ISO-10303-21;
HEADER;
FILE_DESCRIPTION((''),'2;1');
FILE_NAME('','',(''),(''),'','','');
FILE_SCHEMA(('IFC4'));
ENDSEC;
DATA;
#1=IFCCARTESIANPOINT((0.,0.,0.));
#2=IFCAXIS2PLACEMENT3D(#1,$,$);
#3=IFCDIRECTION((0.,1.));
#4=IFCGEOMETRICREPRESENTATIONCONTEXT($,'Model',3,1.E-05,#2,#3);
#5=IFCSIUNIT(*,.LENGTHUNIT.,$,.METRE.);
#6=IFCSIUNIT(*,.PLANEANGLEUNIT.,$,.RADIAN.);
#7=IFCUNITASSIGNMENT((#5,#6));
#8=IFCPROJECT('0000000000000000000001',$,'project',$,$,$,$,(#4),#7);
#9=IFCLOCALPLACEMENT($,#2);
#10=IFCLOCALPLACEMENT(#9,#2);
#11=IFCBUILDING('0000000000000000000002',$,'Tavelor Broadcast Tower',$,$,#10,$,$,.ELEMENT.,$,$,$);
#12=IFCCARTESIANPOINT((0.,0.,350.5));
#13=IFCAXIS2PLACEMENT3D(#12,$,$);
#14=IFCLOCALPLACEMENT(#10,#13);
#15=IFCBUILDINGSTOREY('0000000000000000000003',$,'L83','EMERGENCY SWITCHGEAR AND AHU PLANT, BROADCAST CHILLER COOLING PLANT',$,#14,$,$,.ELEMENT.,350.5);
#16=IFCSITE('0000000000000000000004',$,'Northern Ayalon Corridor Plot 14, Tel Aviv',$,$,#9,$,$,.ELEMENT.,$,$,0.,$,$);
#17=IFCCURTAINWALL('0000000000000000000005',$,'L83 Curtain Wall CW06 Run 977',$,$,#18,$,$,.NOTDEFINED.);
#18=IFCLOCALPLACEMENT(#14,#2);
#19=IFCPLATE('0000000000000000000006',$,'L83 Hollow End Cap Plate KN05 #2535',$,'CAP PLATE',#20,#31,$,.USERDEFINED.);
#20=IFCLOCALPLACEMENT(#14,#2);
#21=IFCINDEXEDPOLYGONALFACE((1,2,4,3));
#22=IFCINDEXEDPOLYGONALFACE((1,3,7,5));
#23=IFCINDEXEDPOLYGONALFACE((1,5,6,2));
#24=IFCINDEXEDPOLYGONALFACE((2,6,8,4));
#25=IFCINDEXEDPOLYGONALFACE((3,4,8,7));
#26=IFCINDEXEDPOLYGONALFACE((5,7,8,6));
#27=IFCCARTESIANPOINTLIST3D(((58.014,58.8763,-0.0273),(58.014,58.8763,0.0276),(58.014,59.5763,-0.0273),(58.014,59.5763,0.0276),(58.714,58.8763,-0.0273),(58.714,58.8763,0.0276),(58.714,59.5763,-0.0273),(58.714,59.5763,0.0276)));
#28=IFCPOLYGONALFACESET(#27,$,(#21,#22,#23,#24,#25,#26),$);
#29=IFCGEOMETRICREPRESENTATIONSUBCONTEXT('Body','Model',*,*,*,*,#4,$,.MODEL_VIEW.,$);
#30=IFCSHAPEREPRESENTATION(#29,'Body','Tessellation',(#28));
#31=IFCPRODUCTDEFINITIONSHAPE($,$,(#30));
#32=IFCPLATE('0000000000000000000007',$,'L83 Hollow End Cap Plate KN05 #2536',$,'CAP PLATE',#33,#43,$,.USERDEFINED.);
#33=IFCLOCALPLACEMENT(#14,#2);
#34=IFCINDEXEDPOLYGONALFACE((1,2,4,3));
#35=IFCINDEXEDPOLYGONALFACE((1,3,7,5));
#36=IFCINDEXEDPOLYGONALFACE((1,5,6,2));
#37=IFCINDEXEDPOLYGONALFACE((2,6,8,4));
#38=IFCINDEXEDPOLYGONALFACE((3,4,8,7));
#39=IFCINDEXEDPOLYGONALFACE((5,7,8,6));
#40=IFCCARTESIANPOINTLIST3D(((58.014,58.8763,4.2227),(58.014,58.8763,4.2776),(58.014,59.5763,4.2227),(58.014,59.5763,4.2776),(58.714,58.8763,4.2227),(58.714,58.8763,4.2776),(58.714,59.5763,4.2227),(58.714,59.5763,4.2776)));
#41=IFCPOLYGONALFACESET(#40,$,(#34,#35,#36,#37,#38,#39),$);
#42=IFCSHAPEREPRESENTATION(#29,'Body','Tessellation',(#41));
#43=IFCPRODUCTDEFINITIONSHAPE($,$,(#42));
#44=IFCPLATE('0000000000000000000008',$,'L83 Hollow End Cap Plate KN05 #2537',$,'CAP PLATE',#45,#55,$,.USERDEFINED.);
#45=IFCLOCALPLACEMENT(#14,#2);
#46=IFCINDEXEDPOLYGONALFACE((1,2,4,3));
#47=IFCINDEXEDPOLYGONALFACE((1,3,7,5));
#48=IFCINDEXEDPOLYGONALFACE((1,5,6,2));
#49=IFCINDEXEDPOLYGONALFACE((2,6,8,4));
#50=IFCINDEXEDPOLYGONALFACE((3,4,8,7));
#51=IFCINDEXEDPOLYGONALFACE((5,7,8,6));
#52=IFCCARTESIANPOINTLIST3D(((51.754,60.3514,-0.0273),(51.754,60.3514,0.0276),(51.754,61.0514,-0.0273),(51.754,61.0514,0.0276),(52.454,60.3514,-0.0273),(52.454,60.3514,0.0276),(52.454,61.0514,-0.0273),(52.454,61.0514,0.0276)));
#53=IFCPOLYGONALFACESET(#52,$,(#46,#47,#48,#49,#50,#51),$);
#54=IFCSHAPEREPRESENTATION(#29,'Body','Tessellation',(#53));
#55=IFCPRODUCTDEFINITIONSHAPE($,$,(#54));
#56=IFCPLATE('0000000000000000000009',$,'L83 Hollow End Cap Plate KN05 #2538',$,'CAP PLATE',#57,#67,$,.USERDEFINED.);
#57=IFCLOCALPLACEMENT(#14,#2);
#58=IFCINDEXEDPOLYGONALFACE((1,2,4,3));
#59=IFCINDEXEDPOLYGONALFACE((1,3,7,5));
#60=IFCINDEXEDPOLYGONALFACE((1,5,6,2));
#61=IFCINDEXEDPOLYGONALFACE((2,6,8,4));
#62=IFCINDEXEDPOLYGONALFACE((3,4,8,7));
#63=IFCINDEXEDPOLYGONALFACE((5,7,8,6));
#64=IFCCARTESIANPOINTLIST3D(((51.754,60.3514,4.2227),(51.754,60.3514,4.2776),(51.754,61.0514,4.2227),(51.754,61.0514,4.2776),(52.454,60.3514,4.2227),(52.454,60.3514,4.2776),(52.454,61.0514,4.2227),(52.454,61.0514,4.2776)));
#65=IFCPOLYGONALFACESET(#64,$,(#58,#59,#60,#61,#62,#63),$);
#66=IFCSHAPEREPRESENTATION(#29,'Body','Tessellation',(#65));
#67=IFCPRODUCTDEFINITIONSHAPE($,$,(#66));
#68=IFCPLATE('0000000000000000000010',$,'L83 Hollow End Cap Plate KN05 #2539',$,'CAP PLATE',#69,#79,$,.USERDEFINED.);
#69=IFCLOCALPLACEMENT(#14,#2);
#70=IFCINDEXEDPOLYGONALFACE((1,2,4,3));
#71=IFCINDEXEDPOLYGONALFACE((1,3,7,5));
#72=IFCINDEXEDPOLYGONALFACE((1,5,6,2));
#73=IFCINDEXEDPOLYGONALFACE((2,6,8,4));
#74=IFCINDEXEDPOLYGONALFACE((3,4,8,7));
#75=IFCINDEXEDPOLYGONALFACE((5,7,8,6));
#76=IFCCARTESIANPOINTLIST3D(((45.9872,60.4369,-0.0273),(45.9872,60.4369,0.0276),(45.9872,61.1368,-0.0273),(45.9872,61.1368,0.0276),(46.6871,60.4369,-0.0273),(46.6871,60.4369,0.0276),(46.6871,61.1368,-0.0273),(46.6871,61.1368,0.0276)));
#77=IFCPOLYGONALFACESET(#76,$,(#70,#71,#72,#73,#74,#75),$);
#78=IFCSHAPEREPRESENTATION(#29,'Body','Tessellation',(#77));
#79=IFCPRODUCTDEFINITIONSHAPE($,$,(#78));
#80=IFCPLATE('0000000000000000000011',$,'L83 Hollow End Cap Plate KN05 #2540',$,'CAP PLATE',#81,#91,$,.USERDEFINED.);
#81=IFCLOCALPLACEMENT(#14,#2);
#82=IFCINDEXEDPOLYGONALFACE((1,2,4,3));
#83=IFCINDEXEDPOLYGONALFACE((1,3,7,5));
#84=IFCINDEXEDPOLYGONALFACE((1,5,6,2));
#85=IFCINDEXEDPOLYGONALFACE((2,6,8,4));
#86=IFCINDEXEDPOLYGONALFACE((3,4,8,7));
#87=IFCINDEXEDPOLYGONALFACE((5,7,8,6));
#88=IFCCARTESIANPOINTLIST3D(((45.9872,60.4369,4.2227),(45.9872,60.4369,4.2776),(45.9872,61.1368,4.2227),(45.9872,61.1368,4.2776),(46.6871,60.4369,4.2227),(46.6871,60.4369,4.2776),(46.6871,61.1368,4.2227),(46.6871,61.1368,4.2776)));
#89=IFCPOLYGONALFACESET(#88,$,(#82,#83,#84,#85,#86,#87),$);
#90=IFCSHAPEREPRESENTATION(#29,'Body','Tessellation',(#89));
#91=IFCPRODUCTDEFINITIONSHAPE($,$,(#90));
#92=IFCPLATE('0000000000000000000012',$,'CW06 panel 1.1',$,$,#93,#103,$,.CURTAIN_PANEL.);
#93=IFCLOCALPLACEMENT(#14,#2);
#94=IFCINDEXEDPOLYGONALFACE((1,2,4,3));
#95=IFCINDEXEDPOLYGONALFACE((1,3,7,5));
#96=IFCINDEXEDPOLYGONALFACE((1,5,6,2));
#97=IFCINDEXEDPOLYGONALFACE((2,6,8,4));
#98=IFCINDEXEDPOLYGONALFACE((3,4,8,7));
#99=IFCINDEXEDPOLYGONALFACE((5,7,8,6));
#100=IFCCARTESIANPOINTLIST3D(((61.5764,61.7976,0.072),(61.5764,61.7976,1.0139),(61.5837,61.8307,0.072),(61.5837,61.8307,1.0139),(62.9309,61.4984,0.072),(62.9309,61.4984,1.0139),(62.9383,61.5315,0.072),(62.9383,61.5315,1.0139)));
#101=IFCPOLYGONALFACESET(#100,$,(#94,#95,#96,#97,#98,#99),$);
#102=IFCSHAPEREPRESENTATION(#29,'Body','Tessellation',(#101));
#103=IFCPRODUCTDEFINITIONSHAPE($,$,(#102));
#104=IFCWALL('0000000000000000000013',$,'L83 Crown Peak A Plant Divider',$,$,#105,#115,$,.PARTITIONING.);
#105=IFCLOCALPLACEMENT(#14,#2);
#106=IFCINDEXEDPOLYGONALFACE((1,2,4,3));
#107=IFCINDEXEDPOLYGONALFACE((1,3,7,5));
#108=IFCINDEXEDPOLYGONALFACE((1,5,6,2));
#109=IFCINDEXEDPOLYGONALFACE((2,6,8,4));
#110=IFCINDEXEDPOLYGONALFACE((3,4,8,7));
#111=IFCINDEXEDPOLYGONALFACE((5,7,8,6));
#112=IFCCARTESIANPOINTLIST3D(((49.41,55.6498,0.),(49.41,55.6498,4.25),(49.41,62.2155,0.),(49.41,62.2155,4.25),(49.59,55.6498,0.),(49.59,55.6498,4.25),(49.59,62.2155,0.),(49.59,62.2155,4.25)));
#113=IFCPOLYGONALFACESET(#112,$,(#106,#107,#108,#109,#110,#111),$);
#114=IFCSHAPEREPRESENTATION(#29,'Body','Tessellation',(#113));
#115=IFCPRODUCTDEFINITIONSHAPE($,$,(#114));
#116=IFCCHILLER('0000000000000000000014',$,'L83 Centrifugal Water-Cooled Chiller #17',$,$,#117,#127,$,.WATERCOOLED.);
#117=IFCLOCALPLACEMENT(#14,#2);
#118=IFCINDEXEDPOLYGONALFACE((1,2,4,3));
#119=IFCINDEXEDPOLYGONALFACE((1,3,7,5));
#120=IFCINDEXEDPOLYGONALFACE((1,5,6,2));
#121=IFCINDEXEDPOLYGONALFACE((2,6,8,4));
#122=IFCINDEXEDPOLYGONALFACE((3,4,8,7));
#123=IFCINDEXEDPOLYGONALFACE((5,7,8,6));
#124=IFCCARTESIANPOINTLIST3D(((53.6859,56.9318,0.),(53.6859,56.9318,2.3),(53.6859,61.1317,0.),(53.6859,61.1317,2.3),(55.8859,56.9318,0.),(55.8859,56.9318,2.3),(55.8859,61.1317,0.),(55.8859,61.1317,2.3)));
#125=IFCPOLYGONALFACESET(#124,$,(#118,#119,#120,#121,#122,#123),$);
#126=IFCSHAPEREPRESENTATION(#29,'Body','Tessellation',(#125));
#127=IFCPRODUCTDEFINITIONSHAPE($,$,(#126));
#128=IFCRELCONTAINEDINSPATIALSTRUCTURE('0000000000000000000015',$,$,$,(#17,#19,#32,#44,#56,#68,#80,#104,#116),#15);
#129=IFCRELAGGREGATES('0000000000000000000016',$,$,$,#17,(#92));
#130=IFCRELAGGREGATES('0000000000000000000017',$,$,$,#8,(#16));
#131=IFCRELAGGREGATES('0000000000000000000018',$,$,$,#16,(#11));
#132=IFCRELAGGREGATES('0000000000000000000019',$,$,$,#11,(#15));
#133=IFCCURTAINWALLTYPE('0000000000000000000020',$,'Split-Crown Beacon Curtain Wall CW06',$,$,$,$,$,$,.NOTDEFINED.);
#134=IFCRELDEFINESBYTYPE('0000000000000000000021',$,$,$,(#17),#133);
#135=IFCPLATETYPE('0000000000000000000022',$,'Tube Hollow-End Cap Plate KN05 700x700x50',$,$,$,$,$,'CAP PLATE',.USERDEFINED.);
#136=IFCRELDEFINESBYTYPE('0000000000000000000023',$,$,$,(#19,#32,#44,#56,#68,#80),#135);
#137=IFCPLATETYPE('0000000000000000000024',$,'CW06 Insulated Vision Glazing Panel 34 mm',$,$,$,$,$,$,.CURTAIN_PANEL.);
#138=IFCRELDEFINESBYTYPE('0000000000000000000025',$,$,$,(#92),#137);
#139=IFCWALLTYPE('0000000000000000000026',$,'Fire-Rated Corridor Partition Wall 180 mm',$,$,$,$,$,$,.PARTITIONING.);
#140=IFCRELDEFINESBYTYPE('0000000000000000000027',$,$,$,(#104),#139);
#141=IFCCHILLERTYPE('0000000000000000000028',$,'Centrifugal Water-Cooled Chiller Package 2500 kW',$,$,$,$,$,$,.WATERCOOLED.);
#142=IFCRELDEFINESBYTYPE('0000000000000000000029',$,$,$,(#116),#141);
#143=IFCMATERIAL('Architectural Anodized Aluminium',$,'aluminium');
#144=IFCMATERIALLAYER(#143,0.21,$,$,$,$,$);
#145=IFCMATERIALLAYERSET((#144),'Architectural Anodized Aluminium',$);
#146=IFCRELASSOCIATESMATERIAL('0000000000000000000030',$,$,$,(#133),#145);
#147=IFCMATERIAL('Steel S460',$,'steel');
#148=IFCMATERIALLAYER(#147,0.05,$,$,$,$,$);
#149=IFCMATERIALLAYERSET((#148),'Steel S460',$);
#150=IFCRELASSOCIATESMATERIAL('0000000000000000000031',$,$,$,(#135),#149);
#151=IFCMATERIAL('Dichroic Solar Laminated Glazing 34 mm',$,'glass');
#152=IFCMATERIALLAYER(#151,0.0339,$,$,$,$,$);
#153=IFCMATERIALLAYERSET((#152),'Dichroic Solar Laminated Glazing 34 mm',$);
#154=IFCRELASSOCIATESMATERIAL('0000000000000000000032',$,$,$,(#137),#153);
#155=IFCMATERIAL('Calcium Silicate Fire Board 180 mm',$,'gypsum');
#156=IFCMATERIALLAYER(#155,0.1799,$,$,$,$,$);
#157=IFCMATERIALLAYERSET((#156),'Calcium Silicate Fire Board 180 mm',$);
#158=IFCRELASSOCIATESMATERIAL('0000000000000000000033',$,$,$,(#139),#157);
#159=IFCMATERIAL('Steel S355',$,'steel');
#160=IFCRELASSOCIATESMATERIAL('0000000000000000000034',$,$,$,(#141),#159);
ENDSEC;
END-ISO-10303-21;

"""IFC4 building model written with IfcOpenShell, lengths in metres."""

from ifc_helpers import new_model, si_unit, direction, frame, frame_2d, origin, origin_2d, place, context, subcontext, project, spatial, rectangle, extrude, source, transform, mapped, material, layer, layer_set, type_object, type_shapes, element, aggregate, save


model = new_model("IFC4")

# Units and contexts
model_context = context("Model", 3, precision=1e-05, world=origin(), true_north=direction((0.0, 1.0)))
body_context = subcontext(model_context, "Body", "Model", "MODEL_VIEW")
ifc_project = project(units=[si_unit("LENGTHUNIT", "METRE"), si_unit("PLANEANGLEUNIT", "RADIAN")], contexts=[model_context])

# Site, building, storey
site_placement = place(None, origin())
site = spatial("IfcSite", under=ifc_project, at=site_placement, Name="Northern Ayalon Corridor Plot 14, Tel Aviv", CompositionType="ELEMENT", RefElevation=0.0)
building_placement = place(site_placement, origin())
building = spatial("IfcBuilding", under=site, at=building_placement, Name="Tavelor Broadcast Tower", CompositionType="ELEMENT")
storey_placement = place(building_placement, frame((0.0, 0.0, 350.5)))
storey = spatial("IfcBuildingStorey", under=building, at=storey_placement, Name="L83", Description="EMERGENCY SWITCHGEAR AND AHU PLANT, BROADCAST CHILLER COOLING PLANT", CompositionType="ELEMENT", Elevation=350.5)

# Shared definitions
ifc_material_1 = material(Name="Steel S355", Category="steel")

# Curtain wall
ifc_material_2 = material(Name="Architectural Anodized Aluminium", Category="aluminium")
ifc_layer_1 = layer(ifc_material_2, 0.21)
ifc_layer_set_1 = layer_set([ifc_layer_1], Name="Architectural Anodized Aluminium")
curtain_wall_type = type_object("IfcCurtainWallType", Name="Split-Crown Beacon Curtain Wall CW06", PredefinedType="NOTDEFINED", material=ifc_layer_set_1)
curtain_wall_1_placement = place(storey_placement, origin())
curtain_wall_1 = element("IfcCurtainWall", 1, at=curtain_wall_1_placement, inside=storey, type_object=curtain_wall_type, Name="L83 Curtain Wall CW06 Run 977", PredefinedType="NOTDEFINED")

# Plates
ifc_material_3 = material(Name="Steel S460", Category="steel")
ifc_layer_2 = layer(ifc_material_3, 0.05)
ifc_layer_set_2 = layer_set([ifc_layer_2], Name="Steel S460")
plate_type_1 = type_object("IfcPlateType", Name="Tube Hollow-End Cap Plate KN05 700x700x50", ElementType="CAP PLATE", PredefinedType="USERDEFINED", material=ifc_layer_set_2)
shared_shape_1 = source(origin(), body_context, "Body", "SweptSolid", [
    extrude(rectangle(XDim=0.7, YDim=0.7, at=origin_2d()), origin(), (0.0, 0.0, 1.0), 0.0549),
])
type_shapes(plate_type_1, [shared_shape_1])
for number, where, z_axis, x_axis, name in (
    (2, (58.364, 59.2263, -0.0273), (0.0, 0.0, 1.0), (1.0, 0.0, 0.0), "L83 Hollow End Cap Plate KN05 #2535"),
    (3, (58.364, 59.2263, 4.2227), (0.0, 0.0, 1.0), (1.0, 0.0, 0.0), "L83 Hollow End Cap Plate KN05 #2536"),
    (4, (52.104, 60.7014, -0.0273), (0.0, 0.0, 1.0), (1.0, 0.0, 0.0), "L83 Hollow End Cap Plate KN05 #2537"),
    (5, (52.104, 60.7014, 4.2227), (0.0, 0.0, 1.0), (1.0, 0.0, 0.0), "L83 Hollow End Cap Plate KN05 #2538"),
    (6, (46.3372, 60.7869, -0.0273), (0.0, 0.0, 1.0), (1.0, 0.0, 0.0), "L83 Hollow End Cap Plate KN05 #2539"),
    (7, (46.3372, 60.7869, 4.2227), (0.0, 0.0, 1.0), (1.0, 0.0, 0.0), "L83 Hollow End Cap Plate KN05 #2540"),
):
    element("IfcPlate", number, at=place(storey_placement, frame(where, z_axis=z_axis, x_axis=x_axis)), inside=storey, type_object=plate_type_1, Name=name, ObjectType="CAP PLATE", PredefinedType="USERDEFINED", context=body_context, shape_type="MappedRepresentation", body=[
        mapped(shared_shape_1, transform((0.0, 0.0, 0.0), scale=1.0)),
    ])

# Plate
ifc_material_4 = material(Name="Dichroic Solar Laminated Glazing 34 mm", Category="glass")
ifc_layer_3 = layer(ifc_material_4, 0.0339)
ifc_layer_set_3 = layer_set([ifc_layer_3], Name="Dichroic Solar Laminated Glazing 34 mm")
plate_type_2 = type_object("IfcPlateType", Name="CW06 Insulated Vision Glazing Panel 34 mm", PredefinedType="CURTAIN_PANEL", material=ifc_layer_set_3)
shared_shape_2 = source(origin(), body_context, "Body", "SweptSolid", [
    extrude(rectangle(XDim=1.3872, YDim=0.0339, at=origin_2d()), origin(), (0.0, 0.0, 1.0), 0.9419),
])
type_shapes(plate_type_2, [shared_shape_2])
plate_placement = place(storey_placement, frame((62.2573, 61.6646, 0.072), z_axis=(0.0, 0.0, 1.0), x_axis=(-0.976469, 0.215658, 0.0)))
plate = element("IfcPlate", 8, at=plate_placement, type_object=plate_type_2, Name="CW06 panel 1.1", PredefinedType="CURTAIN_PANEL", context=body_context, shape_type="MappedRepresentation", body=[
    mapped(shared_shape_2, transform((0.0, 0.0, 0.0), scale=1.0)),
])
aggregate(curtain_wall_1, [plate])

# Wall
ifc_material_5 = material(Name="Calcium Silicate Fire Board 180 mm", Category="gypsum")
ifc_layer_4 = layer(ifc_material_5, 0.1799)
ifc_layer_set_4 = layer_set([ifc_layer_4], Name="Calcium Silicate Fire Board 180 mm")
wall_type = type_object("IfcWallType", Name="Fire-Rated Corridor Partition Wall 180 mm", PredefinedType="PARTITIONING", material=ifc_layer_set_4)
wall_placement = place(storey_placement, frame((49.5, 55.6499, 0.0), z_axis=(0.0, 0.0, 1.0), x_axis=(0.0, 1.0, 0.0)))
element("IfcWall", 9, at=wall_placement, inside=storey, type_object=wall_type, Name="L83 Crown Peak A Plant Divider", PredefinedType="PARTITIONING", context=body_context, shape_type="SweptSolid", body=[
    extrude(rectangle(XDim=6.5657, YDim=0.1799, at=frame_2d((3.2827, 0.0))), origin(), (0.0, 0.0, 1.0), 4.25),
])

# Chiller
chiller_type = type_object("IfcChillerType", Name="Centrifugal Water-Cooled Chiller Package 2500 kW", PredefinedType="WATERCOOLED", material=ifc_material_1)
chiller_placement = place(storey_placement, frame((54.7859, 59.0317, 0.0), z_axis=(0.0, 0.0, 1.0), x_axis=(1.0, 0.0, 0.0)))
element("IfcChiller", 10, at=chiller_placement, inside=storey, type_object=chiller_type, Name="L83 Centrifugal Water-Cooled Chiller #17", PredefinedType="WATERCOOLED", context=body_context, shape_type="SweptSolid", body=[
    extrude(rectangle(XDim=2.2, YDim=4.2, at=origin_2d()), origin(), (0.0, 0.0, 1.0), 2.3),
])

save(model, "model.ifc")
